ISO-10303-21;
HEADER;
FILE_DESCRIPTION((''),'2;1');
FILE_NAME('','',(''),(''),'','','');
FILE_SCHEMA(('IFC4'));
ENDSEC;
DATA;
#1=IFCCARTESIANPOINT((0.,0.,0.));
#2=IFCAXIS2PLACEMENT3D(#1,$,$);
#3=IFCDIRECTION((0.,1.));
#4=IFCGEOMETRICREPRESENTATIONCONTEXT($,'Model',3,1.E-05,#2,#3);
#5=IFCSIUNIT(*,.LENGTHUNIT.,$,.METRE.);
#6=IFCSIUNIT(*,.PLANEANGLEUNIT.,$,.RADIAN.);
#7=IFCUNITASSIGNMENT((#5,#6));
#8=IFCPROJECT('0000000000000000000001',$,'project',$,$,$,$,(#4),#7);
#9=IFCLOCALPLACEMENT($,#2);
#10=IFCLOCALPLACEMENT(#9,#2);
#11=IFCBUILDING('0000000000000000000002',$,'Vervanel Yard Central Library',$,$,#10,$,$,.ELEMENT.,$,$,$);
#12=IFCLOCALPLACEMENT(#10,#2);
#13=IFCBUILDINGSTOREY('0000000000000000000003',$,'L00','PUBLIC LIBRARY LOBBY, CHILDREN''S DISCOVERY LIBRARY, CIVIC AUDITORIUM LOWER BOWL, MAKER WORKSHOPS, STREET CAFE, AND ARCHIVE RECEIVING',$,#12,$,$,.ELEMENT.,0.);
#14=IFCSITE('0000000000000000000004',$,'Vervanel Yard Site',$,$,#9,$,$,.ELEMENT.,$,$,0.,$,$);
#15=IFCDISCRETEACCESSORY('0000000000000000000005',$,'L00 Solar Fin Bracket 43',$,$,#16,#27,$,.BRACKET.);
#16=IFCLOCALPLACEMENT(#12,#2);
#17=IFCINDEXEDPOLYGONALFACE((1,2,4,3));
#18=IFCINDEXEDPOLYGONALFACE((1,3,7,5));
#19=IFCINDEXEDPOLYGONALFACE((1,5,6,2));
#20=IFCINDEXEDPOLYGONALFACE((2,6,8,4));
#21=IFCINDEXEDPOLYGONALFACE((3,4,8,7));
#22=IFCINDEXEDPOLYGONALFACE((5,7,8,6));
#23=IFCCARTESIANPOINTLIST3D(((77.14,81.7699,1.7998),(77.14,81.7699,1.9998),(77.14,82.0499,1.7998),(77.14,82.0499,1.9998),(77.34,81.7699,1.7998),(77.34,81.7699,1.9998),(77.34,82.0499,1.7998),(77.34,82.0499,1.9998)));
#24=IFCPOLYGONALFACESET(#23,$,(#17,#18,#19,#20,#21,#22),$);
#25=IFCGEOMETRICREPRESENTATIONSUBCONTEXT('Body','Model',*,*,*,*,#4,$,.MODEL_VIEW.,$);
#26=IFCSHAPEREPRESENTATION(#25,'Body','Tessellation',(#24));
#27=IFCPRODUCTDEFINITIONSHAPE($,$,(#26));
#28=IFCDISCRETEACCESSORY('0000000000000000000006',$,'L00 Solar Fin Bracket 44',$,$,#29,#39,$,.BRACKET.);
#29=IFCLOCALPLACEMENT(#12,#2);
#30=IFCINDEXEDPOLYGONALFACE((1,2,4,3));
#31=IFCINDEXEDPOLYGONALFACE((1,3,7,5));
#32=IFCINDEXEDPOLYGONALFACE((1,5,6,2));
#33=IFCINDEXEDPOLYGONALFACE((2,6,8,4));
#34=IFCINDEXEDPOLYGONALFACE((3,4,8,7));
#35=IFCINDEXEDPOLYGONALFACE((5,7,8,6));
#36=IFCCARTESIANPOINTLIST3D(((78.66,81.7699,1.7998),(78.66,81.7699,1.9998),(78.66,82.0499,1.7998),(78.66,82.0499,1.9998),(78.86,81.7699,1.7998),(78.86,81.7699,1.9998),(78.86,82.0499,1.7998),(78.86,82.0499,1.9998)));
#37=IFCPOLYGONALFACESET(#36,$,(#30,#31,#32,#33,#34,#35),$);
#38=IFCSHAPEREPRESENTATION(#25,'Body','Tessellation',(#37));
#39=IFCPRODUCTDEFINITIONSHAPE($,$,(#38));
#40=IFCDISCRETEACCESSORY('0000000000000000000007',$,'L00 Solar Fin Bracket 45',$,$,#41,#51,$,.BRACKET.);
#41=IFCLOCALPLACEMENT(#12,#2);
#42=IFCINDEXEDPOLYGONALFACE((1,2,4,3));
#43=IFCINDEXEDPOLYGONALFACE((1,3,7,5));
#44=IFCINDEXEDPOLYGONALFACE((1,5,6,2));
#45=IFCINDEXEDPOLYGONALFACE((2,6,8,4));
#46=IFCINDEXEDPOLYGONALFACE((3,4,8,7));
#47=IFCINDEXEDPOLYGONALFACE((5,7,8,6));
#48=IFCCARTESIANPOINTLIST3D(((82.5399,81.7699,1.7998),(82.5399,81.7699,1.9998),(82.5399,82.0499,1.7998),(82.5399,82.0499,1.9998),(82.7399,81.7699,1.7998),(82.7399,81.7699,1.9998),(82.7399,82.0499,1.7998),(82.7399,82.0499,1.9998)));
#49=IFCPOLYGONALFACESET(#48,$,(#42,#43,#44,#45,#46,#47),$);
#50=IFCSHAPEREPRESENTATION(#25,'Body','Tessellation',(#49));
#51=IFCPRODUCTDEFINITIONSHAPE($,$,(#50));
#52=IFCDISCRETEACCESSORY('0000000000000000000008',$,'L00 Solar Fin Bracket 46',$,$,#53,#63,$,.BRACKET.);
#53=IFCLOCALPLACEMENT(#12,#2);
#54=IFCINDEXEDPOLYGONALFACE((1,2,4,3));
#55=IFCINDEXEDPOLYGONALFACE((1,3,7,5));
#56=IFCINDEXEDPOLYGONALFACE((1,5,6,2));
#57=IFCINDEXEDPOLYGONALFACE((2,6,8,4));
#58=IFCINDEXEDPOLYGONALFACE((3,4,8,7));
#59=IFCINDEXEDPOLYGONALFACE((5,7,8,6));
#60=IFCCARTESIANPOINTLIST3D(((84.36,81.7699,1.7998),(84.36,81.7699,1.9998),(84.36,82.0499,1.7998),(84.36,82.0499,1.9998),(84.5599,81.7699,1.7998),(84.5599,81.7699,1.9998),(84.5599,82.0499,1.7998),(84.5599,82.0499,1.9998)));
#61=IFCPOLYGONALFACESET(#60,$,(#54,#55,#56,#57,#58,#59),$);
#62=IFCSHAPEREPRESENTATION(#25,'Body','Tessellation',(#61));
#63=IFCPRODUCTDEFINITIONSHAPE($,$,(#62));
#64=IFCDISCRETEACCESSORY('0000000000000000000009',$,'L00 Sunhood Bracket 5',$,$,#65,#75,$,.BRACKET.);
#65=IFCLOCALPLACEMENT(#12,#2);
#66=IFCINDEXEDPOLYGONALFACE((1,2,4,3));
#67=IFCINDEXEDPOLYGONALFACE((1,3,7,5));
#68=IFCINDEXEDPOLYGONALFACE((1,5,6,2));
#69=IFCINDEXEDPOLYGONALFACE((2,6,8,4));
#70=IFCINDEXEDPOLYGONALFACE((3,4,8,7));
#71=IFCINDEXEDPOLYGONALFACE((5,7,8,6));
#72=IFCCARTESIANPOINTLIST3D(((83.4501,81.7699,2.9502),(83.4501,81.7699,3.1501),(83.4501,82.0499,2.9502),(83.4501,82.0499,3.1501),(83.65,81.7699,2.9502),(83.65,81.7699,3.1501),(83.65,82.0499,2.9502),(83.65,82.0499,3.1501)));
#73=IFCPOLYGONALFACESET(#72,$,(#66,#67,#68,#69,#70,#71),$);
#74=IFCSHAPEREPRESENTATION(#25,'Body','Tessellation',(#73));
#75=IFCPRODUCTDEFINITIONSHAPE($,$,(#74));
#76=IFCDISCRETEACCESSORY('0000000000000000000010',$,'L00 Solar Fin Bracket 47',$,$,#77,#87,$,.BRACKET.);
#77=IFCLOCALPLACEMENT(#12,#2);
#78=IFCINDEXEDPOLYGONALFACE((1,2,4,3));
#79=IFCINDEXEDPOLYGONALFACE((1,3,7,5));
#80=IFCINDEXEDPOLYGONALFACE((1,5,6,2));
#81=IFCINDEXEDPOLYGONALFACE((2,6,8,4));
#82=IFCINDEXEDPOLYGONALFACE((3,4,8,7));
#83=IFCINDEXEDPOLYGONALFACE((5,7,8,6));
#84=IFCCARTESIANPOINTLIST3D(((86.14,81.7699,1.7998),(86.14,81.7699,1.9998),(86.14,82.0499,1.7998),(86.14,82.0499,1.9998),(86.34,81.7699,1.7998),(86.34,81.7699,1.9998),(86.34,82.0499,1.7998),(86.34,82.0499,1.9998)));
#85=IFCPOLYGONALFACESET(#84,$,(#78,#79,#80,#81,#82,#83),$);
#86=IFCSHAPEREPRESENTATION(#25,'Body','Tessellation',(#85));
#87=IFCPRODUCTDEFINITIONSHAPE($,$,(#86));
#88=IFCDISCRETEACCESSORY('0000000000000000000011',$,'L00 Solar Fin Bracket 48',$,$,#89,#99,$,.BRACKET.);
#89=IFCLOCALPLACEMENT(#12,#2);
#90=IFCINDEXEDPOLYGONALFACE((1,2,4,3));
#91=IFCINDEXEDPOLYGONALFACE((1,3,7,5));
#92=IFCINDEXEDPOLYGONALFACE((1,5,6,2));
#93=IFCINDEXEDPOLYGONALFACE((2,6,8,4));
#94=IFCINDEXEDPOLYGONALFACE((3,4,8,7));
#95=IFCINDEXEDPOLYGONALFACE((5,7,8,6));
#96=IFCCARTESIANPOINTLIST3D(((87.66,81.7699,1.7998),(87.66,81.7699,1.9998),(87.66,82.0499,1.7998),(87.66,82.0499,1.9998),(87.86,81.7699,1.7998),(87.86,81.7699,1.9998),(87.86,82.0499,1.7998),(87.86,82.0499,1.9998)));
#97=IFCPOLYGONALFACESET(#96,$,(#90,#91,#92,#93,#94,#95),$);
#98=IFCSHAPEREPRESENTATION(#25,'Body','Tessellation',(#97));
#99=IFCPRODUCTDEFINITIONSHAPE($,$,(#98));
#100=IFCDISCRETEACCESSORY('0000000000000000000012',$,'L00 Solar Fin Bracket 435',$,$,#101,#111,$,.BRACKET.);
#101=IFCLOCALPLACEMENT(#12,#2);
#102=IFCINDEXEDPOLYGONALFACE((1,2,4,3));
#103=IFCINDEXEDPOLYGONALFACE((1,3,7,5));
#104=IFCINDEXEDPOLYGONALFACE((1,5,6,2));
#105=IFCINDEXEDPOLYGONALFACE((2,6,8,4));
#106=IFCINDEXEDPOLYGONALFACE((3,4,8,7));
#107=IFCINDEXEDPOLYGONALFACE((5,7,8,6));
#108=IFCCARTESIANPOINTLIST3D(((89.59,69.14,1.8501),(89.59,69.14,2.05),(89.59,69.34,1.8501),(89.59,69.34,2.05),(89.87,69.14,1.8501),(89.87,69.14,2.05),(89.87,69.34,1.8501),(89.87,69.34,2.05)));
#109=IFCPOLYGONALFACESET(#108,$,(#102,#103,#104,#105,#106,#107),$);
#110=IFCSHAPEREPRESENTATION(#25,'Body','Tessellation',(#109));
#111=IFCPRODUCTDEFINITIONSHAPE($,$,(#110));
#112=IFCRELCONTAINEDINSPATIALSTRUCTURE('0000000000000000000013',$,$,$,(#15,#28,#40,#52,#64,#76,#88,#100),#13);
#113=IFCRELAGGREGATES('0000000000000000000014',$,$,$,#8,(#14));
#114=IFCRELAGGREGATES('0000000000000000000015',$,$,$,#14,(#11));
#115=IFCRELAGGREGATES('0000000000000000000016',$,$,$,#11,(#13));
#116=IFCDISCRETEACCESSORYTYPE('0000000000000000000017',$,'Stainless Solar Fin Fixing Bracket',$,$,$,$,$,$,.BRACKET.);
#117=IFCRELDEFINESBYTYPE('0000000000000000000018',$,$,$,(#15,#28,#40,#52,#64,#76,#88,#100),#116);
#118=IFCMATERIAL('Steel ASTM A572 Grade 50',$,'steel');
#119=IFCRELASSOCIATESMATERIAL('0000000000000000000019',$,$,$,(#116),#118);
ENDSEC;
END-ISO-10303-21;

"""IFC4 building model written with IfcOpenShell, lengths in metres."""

from ifc_helpers import new_model, si_unit, direction, frame, origin, origin_2d, place, context, subcontext, project, spatial, rectangle, extrude, material, type_object, element, save


model = new_model("IFC4")

# Units and contexts
model_context = context("Model", 3, precision=1e-05, world=origin(), true_north=direction((0.0, 1.0)))
body_context = subcontext(model_context, "Body", "Model", "MODEL_VIEW")
ifc_project = project(units=[si_unit("LENGTHUNIT", "METRE"), si_unit("PLANEANGLEUNIT", "RADIAN")], contexts=[model_context])

# Site, building, storey
site_placement = place(None, origin())
site = spatial("IfcSite", under=ifc_project, at=site_placement, Name="Vervanel Yard Site", CompositionType="ELEMENT", RefElevation=0.0)
building_placement = place(site_placement, origin())
building = spatial("IfcBuilding", under=site, at=building_placement, Name="Vervanel Yard Central Library", CompositionType="ELEMENT")
storey_placement = place(building_placement, origin())
storey = spatial("IfcBuildingStorey", under=building, at=storey_placement, Name="L00", Description="PUBLIC LIBRARY LOBBY, CHILDREN'S DISCOVERY LIBRARY, CIVIC AUDITORIUM LOWER BOWL, MAKER WORKSHOPS, STREET CAFE, AND ARCHIVE RECEIVING", CompositionType="ELEMENT", Elevation=0.0)

# Discrete accessories
ifc_material_1 = material(Name="Steel ASTM A572 Grade 50", Category="steel")
discrete_accessory_type = type_object("IfcDiscreteAccessoryType", Name="Stainless Solar Fin Fixing Bracket", PredefinedType="BRACKET", material=ifc_material_1)
for number, where, z_axis, x_axis, name in (
    (1, (77.24, 81.9099, 1.7998), (0.0, 0.0, 1.0), (1.0, 0.0, 0.0), "L00 Solar Fin Bracket 43"),
    (2, (78.76, 81.9099, 1.7998), (0.0, 0.0, 1.0), (1.0, 0.0, 0.0), "L00 Solar Fin Bracket 44"),
    (3, (82.6399, 81.9099, 1.7998), (0.0, 0.0, 1.0), (1.0, 0.0, 0.0), "L00 Solar Fin Bracket 45"),
    (4, (84.46, 81.9099, 1.7998), (0.0, 0.0, 1.0), (1.0, 0.0, 0.0), "L00 Solar Fin Bracket 46"),
    (5, (83.55, 81.9099, 2.9502), (0.0, 0.0, 1.0), (1.0, 0.0, 0.0), "L00 Sunhood Bracket 5"),
    (6, (86.24, 81.9099, 1.7998), (0.0, 0.0, 1.0), (1.0, 0.0, 0.0), "L00 Solar Fin Bracket 47"),
    (7, (87.76, 81.9099, 1.7998), (0.0, 0.0, 1.0), (1.0, 0.0, 0.0), "L00 Solar Fin Bracket 48"),
    (8, (89.73, 69.24, 1.8501), (0.0, 0.0, 1.0), (0.0, 1.0, 0.0), "L00 Solar Fin Bracket 435"),
):
    element("IfcDiscreteAccessory", number, at=place(storey_placement, frame(where, z_axis=z_axis, x_axis=x_axis)), inside=storey, type_object=discrete_accessory_type, Name=name, PredefinedType="BRACKET", context=body_context, shape_type="SweptSolid", body=[
        extrude(rectangle(XDim=0.2, YDim=0.28, at=origin_2d()), origin(), (0.0, 0.0, 1.0), 0.2),
    ])

save(model, "model.ifc")
